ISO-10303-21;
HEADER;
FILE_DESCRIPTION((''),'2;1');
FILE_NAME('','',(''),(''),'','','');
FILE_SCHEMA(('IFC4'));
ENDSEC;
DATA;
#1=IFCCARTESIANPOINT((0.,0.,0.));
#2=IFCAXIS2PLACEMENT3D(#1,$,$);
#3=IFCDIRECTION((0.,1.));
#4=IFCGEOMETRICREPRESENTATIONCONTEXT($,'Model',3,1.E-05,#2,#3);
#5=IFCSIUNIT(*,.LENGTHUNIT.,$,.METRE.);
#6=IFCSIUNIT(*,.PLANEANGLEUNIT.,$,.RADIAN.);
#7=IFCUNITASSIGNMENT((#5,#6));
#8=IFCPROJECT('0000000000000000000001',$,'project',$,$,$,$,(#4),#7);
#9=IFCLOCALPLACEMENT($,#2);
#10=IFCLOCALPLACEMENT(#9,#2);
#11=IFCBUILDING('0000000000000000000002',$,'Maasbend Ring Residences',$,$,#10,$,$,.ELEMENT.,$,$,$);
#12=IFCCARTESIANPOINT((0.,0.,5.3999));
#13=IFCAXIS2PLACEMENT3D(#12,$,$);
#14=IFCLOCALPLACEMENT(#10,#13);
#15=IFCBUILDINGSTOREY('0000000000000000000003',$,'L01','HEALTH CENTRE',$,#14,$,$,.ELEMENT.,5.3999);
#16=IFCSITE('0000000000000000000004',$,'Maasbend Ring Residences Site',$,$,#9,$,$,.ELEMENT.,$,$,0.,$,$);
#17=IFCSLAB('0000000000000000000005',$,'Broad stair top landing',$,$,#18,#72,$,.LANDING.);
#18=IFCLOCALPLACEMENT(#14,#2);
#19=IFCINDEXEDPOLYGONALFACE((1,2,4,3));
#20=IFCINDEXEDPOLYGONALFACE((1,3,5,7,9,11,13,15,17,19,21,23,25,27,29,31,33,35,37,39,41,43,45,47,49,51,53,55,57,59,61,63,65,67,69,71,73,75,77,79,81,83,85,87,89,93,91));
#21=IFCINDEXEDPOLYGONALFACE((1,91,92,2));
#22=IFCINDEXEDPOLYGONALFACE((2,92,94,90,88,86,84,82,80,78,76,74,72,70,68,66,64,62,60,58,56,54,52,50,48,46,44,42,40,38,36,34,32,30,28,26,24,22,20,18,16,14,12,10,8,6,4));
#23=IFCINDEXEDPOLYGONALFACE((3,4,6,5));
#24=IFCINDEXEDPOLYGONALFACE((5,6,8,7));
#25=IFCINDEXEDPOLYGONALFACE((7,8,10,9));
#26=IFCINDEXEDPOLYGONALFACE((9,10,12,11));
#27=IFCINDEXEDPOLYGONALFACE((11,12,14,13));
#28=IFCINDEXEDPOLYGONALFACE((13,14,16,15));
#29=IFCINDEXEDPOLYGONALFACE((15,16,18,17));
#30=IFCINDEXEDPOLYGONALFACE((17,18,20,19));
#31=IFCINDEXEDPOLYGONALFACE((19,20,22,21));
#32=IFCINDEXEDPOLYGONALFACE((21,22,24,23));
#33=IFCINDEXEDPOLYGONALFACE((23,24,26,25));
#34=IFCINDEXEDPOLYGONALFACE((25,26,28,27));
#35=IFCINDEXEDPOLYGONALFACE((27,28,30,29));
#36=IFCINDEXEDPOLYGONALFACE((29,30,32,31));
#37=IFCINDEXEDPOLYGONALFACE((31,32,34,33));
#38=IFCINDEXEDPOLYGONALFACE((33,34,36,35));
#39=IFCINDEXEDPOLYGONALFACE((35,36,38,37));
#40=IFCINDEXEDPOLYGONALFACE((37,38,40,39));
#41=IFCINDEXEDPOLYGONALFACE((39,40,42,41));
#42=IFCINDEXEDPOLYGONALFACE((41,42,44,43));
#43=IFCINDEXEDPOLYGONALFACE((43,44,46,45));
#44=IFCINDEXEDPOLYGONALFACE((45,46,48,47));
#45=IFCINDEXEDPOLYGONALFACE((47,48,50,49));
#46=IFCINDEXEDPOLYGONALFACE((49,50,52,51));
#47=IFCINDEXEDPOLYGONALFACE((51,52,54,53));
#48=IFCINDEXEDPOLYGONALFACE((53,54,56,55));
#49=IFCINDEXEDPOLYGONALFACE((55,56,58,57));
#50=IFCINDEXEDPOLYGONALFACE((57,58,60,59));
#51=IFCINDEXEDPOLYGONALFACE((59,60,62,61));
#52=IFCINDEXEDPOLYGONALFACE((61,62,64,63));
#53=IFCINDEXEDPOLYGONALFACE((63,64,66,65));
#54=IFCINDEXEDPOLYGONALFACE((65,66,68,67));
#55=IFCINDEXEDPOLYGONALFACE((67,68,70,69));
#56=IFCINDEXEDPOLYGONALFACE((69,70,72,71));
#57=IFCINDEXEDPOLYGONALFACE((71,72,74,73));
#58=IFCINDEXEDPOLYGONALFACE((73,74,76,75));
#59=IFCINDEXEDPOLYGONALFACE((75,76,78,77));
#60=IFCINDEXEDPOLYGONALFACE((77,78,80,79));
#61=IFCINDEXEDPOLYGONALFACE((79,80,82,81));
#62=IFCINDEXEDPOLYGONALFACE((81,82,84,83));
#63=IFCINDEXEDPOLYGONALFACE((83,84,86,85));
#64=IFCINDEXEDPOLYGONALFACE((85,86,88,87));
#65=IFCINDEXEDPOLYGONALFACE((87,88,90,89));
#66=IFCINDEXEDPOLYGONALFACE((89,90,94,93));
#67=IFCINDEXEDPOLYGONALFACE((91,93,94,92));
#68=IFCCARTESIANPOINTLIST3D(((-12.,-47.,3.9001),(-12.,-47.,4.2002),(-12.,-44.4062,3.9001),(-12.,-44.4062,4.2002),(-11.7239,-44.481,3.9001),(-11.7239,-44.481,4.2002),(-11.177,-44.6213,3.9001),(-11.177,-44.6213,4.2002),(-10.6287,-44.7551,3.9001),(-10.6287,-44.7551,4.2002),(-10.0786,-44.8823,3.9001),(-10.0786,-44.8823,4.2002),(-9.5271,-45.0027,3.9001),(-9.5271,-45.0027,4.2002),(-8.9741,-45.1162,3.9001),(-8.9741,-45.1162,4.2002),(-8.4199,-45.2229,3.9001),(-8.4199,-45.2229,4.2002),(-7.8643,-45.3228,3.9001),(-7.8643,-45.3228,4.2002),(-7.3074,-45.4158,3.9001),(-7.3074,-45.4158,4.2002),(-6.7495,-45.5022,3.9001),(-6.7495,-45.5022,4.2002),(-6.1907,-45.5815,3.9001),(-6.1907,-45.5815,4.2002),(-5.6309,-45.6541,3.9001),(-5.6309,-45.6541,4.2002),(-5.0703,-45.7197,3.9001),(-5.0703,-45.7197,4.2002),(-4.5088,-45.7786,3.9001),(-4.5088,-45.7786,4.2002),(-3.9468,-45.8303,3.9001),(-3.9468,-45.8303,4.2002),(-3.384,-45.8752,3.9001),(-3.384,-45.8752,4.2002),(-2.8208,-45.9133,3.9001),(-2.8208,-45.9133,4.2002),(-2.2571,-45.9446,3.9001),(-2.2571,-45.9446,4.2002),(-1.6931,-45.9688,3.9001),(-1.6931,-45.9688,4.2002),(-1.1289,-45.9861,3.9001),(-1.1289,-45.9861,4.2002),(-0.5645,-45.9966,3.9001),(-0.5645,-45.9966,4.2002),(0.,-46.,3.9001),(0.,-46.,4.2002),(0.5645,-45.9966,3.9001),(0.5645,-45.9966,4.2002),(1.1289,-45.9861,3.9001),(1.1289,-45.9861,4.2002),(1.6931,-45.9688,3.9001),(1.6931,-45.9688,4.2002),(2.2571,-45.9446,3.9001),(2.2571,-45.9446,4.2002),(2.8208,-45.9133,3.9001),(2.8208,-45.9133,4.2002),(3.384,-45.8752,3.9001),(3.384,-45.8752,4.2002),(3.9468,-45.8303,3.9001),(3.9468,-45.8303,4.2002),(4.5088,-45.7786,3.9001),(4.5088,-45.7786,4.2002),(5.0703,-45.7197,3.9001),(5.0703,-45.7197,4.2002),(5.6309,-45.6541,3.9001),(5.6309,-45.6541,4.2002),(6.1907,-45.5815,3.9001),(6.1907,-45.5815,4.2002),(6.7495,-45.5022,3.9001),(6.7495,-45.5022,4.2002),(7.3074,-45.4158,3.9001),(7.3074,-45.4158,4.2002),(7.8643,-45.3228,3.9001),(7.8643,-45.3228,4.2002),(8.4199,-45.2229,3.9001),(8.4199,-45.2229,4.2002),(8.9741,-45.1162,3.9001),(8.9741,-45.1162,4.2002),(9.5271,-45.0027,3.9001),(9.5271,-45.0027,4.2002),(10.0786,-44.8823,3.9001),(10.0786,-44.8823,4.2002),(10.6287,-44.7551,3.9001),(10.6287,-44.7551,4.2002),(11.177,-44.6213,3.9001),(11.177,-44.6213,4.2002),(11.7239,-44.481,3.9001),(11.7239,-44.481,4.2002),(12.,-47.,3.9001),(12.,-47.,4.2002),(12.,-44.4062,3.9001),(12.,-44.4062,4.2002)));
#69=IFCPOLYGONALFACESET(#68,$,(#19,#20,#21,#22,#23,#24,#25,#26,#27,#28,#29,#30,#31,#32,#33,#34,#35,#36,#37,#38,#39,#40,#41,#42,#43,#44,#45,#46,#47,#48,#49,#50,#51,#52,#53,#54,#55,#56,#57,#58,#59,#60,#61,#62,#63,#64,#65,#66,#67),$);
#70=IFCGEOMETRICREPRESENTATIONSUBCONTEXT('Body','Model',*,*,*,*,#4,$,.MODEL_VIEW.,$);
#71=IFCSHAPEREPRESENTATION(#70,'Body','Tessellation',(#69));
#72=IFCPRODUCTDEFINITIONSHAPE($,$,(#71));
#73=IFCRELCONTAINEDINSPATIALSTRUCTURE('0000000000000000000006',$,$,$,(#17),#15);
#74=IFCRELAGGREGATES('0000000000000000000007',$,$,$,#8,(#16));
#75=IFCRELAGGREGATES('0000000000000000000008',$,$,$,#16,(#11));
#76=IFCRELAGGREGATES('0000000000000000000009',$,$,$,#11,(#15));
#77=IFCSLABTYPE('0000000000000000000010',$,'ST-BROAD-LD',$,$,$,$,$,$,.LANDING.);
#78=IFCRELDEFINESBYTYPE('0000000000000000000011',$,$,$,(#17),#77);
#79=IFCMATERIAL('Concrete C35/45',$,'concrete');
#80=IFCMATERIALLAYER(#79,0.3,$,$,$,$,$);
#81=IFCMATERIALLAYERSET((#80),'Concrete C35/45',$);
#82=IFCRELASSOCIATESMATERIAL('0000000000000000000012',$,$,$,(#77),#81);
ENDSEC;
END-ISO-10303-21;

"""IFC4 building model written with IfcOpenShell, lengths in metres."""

from ifc_helpers import new_model, si_unit, direction, frame, origin, place, context, subcontext, project, spatial, polyline, outline, extrude, material, layer, layer_set, type_object, element, save


model = new_model("IFC4")

# Units and contexts
model_context = context("Model", 3, precision=1e-05, world=origin(), true_north=direction((0.0, 1.0)))
body_context = subcontext(model_context, "Body", "Model", "MODEL_VIEW")
ifc_project = project(units=[si_unit("LENGTHUNIT", "METRE"), si_unit("PLANEANGLEUNIT", "RADIAN")], contexts=[model_context])

# Site, building, storey
site_placement = place(None, origin())
site = spatial("IfcSite", under=ifc_project, at=site_placement, Name="Maasbend Ring Residences Site", CompositionType="ELEMENT", RefElevation=0.0)
building_placement = place(site_placement, origin())
building = spatial("IfcBuilding", under=site, at=building_placement, Name="Maasbend Ring Residences", CompositionType="ELEMENT")
storey_placement = place(building_placement, frame((0.0, 0.0, 5.3999)))
storey = spatial("IfcBuildingStorey", under=building, at=storey_placement, Name="L01", Description="HEALTH CENTRE", CompositionType="ELEMENT", Elevation=5.3999)

# Slab
ifc_material_1 = material(Name="Concrete C35/45", Category="concrete")
ifc_layer_1 = layer(ifc_material_1, 0.3)
ifc_layer_set_1 = layer_set([ifc_layer_1], Name="Concrete C35/45")
slab_type_1 = type_object("IfcSlabType", Name="ST-BROAD-LD", PredefinedType="LANDING", material=ifc_layer_set_1)
slab_1_placement = place(storey_placement, frame((0.0, 0.0, 3.9001)))
element("IfcSlab", 1, at=slab_1_placement, inside=storey, type_object=slab_type_1, Name="Broad stair top landing", PredefinedType="LANDING", context=body_context, shape_type="SweptSolid", body=[
    extrude(outline(polyline([(12.0, -47.0), (-12.0, -47.0), (-12.0, -44.4062), (-11.7239, -44.481), (-11.177, -44.6213), (-10.6287, -44.7551), (-10.0786, -44.8823), (-9.5271, -45.0027), (-8.9741, -45.1162), (-8.4199, -45.2229), (-7.8643, -45.3228), (-7.3074, -45.4158), (-6.7495, -45.5022), (-6.1907, -45.5815), (-5.6309, -45.6541), (-5.0703, -45.7197), (-4.5088, -45.7786), (-3.9468, -45.8303), (-3.384, -45.8752), (-2.8208, -45.9133), (-2.2571, -45.9446), (-1.6931, -45.9688), (-1.1289, -45.9861), (-0.5645, -45.9966), (0.0, -46.0), (0.5645, -45.9966), (1.1289, -45.9861), (1.6931, -45.9688), (2.2571, -45.9446), (2.8208, -45.9133), (3.384, -45.8752), (3.9468, -45.8303), (4.5088, -45.7786), (5.0703, -45.7197), (5.6309, -45.6541), (6.1907, -45.5815), (6.7495, -45.5022), (7.3074, -45.4158), (7.8643, -45.3228), (8.4199, -45.2229), (8.9741, -45.1162), (9.5271, -45.0027), (10.0786, -44.8823), (10.6287, -44.7551), (11.177, -44.6213), (11.7239, -44.481), (12.0, -44.4062), (12.0, -47.0)])), origin(), (0.0, 0.0, 1.0), 0.3),
])

save(model, "model.ifc")
